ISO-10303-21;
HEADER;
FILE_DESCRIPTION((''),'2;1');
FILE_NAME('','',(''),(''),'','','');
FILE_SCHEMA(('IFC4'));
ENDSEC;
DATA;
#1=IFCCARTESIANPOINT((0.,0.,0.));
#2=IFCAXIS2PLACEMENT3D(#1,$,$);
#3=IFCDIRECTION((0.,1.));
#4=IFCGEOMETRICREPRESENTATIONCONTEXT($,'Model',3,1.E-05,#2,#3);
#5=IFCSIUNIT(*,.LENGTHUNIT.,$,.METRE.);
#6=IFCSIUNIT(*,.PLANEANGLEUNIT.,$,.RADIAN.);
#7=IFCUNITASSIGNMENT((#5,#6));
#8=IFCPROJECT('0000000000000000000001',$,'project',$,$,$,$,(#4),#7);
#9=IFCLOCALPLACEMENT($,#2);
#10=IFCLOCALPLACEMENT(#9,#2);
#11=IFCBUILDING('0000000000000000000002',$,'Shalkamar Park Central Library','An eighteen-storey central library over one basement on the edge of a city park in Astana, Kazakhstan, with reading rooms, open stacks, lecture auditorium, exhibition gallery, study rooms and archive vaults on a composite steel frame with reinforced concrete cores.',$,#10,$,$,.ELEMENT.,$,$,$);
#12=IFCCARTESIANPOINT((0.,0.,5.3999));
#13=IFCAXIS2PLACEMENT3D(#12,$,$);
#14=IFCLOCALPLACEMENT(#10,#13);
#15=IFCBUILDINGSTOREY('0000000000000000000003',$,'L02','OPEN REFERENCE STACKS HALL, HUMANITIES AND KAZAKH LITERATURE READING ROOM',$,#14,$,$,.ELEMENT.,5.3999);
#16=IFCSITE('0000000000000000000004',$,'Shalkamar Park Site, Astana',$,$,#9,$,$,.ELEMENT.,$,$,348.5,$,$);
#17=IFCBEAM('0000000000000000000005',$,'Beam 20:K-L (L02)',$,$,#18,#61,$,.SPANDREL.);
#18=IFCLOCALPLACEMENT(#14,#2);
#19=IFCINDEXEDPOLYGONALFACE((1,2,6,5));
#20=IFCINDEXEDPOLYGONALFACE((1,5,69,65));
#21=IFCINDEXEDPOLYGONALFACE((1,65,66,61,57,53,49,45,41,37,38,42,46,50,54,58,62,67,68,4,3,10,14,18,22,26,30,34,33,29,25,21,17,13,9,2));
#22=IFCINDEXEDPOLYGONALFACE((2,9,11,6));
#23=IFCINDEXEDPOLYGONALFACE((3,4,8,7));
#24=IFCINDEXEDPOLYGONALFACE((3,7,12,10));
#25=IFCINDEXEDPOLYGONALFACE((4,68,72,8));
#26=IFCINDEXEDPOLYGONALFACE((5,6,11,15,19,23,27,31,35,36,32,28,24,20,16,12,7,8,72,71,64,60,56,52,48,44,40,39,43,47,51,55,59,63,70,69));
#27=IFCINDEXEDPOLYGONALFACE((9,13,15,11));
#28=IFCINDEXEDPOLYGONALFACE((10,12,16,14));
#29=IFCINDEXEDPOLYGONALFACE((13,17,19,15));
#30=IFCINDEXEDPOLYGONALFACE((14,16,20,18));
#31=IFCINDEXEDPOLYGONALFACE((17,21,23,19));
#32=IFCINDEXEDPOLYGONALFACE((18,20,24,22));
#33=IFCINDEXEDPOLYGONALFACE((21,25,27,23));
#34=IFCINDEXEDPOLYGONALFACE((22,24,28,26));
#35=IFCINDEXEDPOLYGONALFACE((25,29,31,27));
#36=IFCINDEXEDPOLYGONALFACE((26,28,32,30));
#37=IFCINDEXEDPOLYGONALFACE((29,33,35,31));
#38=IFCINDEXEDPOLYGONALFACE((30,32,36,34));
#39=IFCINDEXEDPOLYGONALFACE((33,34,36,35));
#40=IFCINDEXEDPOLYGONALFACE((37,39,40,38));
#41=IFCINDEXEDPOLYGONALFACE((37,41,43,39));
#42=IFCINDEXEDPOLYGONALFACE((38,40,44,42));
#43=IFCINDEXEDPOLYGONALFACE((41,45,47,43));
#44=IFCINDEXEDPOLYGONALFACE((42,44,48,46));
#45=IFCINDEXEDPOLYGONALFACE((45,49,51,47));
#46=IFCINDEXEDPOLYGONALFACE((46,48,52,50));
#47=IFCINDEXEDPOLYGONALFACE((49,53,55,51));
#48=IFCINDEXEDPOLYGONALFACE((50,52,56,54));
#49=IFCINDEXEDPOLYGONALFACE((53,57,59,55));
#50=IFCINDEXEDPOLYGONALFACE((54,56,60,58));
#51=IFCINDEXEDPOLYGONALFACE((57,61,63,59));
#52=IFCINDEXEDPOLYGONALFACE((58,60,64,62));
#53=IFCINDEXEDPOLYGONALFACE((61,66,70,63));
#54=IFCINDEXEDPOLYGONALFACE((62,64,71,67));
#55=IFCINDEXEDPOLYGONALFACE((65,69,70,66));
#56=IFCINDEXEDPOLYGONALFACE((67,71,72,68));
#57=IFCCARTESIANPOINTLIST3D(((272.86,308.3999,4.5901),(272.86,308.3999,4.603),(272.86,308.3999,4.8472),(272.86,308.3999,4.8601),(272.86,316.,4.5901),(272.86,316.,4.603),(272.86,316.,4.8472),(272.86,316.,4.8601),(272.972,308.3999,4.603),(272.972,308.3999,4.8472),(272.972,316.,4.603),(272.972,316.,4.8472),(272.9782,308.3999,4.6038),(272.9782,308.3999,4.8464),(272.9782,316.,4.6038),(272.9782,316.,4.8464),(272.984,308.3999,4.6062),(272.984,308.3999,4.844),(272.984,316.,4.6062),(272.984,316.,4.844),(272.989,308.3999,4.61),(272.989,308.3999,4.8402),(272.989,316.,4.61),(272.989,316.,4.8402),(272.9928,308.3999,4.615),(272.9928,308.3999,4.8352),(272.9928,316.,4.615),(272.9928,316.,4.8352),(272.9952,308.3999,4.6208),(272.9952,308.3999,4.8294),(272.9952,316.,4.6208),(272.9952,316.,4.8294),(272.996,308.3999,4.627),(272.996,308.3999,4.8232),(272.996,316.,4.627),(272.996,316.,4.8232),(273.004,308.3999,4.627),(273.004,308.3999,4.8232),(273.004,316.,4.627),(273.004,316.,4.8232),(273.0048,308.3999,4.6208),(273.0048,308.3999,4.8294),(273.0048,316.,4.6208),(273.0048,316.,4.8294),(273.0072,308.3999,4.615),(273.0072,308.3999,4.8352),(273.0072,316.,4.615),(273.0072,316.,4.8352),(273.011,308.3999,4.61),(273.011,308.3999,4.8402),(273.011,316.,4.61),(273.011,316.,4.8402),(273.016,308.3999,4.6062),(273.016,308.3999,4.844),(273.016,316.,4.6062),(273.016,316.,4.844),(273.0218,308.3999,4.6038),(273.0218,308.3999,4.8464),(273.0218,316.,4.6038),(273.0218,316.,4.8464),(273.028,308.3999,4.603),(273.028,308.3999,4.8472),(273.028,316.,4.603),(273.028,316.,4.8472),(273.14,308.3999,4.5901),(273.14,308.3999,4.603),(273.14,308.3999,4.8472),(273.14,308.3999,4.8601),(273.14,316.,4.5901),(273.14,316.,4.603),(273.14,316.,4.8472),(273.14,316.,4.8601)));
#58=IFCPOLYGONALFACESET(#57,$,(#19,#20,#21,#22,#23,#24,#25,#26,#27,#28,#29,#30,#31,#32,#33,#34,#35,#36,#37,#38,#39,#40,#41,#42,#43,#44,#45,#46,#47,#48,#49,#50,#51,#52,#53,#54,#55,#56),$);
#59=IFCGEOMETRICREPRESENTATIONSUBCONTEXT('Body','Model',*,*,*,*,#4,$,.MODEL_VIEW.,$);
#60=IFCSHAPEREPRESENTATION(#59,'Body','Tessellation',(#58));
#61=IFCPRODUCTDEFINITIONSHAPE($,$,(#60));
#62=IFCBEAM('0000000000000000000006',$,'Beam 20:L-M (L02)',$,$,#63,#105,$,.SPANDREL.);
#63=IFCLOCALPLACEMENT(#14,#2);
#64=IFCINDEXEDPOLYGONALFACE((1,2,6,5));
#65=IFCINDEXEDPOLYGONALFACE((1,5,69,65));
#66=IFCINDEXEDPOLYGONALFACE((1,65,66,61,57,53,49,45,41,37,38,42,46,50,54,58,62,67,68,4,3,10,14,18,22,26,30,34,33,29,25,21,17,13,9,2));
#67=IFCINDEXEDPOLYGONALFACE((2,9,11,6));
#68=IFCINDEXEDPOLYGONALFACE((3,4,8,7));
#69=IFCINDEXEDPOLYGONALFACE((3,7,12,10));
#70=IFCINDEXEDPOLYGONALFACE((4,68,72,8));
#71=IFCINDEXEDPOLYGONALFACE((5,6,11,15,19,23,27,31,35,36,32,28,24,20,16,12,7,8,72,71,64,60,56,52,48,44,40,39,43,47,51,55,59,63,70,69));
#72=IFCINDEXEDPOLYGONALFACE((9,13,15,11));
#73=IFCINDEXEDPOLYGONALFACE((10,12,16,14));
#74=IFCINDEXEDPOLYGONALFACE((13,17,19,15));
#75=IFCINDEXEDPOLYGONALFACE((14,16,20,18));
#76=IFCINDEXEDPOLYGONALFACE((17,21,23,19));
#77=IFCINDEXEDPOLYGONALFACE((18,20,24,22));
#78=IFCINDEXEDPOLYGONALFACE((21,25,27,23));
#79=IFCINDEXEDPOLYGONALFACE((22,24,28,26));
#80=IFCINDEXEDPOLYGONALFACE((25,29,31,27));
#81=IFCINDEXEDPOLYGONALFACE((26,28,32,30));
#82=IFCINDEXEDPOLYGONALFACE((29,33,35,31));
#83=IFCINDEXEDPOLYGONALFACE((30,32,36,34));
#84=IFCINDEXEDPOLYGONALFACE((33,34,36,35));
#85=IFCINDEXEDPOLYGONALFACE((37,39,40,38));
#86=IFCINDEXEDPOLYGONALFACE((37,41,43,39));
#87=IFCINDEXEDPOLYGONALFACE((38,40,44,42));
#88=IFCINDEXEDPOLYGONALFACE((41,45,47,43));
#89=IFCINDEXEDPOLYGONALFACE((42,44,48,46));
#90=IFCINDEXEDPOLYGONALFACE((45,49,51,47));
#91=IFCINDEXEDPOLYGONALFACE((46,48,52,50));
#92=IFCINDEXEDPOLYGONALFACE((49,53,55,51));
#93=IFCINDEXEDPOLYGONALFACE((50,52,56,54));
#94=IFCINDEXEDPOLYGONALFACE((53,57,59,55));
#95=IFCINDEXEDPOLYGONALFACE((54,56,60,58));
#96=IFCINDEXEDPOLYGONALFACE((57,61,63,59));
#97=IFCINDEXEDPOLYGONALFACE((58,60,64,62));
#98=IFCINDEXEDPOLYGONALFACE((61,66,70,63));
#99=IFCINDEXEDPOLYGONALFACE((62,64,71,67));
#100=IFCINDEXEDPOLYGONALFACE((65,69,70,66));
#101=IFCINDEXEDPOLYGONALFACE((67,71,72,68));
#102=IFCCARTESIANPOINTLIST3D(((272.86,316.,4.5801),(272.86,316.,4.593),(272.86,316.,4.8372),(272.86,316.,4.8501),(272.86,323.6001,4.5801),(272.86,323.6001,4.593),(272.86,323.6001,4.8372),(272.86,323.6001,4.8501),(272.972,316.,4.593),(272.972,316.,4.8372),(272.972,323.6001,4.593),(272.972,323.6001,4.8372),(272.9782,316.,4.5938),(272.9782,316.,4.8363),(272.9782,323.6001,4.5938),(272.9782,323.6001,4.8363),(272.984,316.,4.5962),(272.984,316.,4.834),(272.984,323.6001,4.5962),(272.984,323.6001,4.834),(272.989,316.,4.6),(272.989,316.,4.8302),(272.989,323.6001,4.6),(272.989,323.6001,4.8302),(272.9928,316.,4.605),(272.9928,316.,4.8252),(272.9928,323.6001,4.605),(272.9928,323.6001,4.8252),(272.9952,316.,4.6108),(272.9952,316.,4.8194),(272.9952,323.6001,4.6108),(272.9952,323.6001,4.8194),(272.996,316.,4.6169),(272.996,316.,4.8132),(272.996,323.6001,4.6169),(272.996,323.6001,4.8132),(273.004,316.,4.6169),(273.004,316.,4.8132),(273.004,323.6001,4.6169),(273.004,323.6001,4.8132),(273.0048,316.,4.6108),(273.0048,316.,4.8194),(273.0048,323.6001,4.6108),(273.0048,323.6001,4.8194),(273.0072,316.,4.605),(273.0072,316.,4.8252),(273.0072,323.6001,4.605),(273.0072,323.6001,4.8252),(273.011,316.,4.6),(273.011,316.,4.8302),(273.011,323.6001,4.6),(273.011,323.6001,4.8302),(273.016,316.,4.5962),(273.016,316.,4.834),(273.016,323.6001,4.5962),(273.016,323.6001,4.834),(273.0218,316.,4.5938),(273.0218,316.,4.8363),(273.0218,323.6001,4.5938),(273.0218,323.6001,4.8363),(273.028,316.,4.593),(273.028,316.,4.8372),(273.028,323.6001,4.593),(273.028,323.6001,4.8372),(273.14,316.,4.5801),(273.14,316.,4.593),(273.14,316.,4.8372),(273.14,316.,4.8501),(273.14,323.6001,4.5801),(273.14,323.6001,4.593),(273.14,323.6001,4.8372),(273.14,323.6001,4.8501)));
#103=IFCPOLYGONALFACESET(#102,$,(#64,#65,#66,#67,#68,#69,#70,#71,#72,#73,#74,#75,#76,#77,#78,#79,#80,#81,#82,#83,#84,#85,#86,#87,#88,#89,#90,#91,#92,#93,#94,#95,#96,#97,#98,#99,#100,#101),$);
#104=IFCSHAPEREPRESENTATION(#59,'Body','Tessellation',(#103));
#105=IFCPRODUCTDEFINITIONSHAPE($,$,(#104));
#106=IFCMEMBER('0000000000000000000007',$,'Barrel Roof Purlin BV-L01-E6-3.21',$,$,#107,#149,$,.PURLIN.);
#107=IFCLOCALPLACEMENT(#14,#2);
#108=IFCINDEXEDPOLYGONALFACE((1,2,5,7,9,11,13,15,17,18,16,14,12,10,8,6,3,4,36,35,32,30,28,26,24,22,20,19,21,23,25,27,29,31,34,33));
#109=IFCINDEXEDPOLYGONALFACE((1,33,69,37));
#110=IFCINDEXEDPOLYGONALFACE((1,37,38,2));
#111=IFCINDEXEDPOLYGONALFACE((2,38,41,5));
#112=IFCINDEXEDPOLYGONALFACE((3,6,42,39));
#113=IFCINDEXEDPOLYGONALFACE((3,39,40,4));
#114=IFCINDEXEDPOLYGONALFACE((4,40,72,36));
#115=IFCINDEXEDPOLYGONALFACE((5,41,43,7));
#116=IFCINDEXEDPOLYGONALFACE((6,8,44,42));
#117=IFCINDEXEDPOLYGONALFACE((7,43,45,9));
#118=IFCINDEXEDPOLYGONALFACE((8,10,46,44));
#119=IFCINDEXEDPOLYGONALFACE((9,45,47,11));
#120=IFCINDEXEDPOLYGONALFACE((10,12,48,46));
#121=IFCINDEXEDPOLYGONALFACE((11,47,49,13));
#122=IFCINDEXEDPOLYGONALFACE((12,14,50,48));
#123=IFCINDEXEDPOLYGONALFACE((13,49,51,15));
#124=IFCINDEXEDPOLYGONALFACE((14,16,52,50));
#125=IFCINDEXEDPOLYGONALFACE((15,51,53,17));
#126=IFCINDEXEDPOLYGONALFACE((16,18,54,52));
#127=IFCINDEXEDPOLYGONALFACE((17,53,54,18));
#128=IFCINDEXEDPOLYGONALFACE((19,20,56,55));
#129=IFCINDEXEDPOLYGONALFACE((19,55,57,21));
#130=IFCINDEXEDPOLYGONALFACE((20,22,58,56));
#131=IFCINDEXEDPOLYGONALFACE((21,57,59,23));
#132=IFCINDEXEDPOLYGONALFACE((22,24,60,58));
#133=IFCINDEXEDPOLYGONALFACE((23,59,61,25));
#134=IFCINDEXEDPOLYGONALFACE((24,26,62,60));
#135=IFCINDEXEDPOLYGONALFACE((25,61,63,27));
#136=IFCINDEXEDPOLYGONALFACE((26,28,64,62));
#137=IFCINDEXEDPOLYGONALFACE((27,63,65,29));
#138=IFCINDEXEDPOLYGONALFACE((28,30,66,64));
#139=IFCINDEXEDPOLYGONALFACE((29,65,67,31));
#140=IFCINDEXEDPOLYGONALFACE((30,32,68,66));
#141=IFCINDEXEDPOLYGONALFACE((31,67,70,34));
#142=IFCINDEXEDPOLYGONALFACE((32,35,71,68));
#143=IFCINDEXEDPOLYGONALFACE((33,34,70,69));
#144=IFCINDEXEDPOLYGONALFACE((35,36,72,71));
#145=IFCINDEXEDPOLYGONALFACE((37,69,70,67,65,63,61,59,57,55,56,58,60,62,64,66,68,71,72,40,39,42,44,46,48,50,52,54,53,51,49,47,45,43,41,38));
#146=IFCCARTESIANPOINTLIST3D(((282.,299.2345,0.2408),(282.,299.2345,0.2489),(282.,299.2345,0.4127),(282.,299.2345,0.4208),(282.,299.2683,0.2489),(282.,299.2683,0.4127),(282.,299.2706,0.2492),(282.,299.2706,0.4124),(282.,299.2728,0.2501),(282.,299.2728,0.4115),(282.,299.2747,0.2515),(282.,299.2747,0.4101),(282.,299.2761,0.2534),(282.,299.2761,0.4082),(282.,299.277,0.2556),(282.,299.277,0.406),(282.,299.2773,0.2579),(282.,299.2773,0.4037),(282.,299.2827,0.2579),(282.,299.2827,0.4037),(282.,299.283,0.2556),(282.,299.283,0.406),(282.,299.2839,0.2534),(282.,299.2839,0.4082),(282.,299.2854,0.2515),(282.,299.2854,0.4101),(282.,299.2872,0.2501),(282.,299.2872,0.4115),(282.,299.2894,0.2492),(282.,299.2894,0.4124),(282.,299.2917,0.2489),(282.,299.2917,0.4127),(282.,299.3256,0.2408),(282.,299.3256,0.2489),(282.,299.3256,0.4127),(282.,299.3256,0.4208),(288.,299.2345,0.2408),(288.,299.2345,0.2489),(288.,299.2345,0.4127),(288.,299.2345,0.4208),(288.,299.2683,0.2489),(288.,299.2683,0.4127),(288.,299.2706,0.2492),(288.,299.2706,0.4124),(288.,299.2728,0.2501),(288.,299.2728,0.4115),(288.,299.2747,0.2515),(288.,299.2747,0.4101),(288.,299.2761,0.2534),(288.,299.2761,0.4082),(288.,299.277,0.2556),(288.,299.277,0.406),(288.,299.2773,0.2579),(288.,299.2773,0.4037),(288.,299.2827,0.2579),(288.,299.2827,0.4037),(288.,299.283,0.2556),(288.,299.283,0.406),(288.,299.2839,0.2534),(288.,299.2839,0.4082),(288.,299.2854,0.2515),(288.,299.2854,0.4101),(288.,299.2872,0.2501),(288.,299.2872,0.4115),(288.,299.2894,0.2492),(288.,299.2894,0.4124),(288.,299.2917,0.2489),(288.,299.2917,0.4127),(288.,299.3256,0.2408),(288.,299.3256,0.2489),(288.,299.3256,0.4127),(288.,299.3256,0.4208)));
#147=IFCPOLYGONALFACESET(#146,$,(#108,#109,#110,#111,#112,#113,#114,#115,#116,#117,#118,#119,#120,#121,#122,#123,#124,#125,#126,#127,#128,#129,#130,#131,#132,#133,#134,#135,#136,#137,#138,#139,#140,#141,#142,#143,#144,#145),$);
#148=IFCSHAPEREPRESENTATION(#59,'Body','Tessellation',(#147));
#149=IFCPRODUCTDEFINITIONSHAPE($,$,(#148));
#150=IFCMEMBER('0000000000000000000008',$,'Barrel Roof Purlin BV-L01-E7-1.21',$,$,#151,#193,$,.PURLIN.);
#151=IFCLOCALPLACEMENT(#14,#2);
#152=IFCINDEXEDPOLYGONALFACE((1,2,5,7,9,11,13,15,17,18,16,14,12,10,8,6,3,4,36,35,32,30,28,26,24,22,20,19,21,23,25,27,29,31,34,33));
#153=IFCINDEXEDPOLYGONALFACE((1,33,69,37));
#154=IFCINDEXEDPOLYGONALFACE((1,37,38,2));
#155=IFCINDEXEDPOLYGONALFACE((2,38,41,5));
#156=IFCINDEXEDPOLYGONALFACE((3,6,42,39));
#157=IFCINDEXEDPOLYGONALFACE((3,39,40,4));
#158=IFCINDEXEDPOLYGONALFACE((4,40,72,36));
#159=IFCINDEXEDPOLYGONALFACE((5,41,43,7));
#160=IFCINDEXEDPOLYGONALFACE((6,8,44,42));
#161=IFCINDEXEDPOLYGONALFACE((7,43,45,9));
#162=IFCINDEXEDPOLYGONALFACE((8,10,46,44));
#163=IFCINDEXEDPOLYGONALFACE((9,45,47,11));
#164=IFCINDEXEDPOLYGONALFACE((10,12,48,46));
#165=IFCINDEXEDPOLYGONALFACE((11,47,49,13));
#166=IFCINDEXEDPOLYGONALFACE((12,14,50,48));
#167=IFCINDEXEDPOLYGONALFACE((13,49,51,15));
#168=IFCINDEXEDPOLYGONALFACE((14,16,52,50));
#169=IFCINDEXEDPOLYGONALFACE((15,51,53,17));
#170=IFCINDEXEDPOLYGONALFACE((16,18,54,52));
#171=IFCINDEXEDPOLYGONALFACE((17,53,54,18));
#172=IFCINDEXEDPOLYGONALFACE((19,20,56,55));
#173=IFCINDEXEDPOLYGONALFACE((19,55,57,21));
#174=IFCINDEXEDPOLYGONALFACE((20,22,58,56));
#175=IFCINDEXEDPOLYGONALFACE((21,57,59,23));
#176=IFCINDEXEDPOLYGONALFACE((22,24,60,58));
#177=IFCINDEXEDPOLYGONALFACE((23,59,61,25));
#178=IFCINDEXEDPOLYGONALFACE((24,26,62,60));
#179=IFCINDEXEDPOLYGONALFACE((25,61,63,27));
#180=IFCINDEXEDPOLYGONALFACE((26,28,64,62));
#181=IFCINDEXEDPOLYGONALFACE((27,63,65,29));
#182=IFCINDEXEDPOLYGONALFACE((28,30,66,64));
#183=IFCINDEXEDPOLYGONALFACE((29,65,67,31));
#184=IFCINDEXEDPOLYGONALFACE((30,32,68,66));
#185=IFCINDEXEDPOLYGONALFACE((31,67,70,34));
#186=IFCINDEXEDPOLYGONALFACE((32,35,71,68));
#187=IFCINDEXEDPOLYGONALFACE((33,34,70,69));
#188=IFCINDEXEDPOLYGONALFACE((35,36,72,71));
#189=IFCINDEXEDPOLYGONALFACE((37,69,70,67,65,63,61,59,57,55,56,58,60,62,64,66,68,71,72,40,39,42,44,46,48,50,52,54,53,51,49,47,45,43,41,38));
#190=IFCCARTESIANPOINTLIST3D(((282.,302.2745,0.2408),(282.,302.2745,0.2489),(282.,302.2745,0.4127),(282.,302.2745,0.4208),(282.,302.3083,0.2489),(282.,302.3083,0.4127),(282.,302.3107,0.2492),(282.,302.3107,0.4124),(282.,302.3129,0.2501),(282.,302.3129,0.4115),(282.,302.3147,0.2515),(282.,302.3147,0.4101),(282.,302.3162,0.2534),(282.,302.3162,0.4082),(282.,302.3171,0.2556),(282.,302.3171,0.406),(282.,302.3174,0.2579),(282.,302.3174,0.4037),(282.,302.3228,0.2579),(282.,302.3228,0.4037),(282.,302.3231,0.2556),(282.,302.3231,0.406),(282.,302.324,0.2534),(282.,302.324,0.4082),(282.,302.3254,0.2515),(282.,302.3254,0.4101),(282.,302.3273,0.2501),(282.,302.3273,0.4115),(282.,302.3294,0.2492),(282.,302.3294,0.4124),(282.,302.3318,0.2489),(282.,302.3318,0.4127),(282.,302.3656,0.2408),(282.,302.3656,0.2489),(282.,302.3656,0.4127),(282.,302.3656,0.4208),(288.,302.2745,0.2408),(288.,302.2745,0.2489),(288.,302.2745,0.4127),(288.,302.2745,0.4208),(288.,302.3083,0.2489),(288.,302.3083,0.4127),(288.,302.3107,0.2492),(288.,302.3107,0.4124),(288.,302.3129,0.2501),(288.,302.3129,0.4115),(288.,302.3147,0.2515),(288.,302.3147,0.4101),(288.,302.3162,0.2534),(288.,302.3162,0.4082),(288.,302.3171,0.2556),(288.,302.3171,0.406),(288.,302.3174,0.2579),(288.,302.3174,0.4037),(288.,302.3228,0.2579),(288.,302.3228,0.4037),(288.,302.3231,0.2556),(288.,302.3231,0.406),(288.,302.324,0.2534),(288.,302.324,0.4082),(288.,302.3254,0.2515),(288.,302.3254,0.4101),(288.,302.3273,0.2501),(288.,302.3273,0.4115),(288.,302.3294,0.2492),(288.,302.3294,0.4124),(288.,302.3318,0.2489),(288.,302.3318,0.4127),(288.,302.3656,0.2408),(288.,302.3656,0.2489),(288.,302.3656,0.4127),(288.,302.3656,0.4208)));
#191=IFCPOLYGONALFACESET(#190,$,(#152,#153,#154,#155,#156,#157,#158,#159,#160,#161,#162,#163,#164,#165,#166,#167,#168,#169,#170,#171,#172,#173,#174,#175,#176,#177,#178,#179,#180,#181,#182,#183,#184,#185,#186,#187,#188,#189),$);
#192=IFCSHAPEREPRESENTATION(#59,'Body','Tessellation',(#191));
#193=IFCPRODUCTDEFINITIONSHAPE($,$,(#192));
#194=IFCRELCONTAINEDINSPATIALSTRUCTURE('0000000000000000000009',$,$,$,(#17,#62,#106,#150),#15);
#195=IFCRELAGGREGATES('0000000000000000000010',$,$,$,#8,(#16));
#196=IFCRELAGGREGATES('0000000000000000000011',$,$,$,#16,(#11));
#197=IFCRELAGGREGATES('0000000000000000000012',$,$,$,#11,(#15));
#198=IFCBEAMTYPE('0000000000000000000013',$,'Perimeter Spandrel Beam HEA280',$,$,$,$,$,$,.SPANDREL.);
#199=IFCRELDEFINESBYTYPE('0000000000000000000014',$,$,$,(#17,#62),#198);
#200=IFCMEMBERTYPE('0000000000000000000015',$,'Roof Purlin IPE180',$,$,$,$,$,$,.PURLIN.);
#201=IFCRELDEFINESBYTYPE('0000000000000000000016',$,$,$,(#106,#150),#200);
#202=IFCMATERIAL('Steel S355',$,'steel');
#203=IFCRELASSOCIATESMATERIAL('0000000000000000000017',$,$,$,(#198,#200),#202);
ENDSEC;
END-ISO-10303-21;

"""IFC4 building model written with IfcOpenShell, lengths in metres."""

from ifc_helpers import new_model, si_unit, direction, frame, origin, origin_2d, place, context, subcontext, project, spatial, i_section, extrude, material, material_profile, profile_set, type_object, element, save


model = new_model("IFC4")

# Units and contexts
model_context = context("Model", 3, precision=1e-05, world=origin(), true_north=direction((0.0, 1.0)))
body_context = subcontext(model_context, "Body", "Model", "MODEL_VIEW")
ifc_project = project(units=[si_unit("LENGTHUNIT", "METRE"), si_unit("PLANEANGLEUNIT", "RADIAN")], contexts=[model_context])

# Site, building, storey
site_placement = place(None, origin())
site = spatial("IfcSite", under=ifc_project, at=site_placement, Name="Shalkamar Park Site, Astana", CompositionType="ELEMENT", RefElevation=348.5)
building_placement = place(site_placement, origin())
building = spatial("IfcBuilding", under=site, at=building_placement, Name="Shalkamar Park Central Library", Description="An eighteen-storey central library over one basement on the edge of a city park in Astana, Kazakhstan, with reading rooms, open stacks, lecture auditorium, exhibition gallery, study rooms and archive vaults on a composite steel frame with reinforced concrete cores.", CompositionType="ELEMENT")
storey_placement = place(building_placement, frame((0.0, 0.0, 5.3999)))
storey = spatial("IfcBuildingStorey", under=building, at=storey_placement, Name="L02", Description="OPEN REFERENCE STACKS HALL, HUMANITIES AND KAZAKH LITERATURE READING ROOM", CompositionType="ELEMENT", Elevation=5.3999)

# Shared definitions
ifc_material_1 = material(Name="Steel S355", Category="steel")

# Beams
ifc_material_profile_1 = material_profile(ifc_material_1, i_section(OverallWidth=0.28, OverallDepth=0.27, WebThickness=0.0081, FlangeThickness=0.0129, FilletRadius=0.0239, at=origin_2d()), Name="HEA 280")
ifc_profile_set_1 = profile_set([ifc_material_profile_1], Name="Steel S355")
beam_type = type_object("IfcBeamType", Name="Perimeter Spandrel Beam HEA280", PredefinedType="SPANDREL", material=ifc_profile_set_1)
for number, where, z_axis, x_axis, name in (
    (1, (273.0, 308.3999, 4.7251), (0.0, 1.0, 0.0), (-1.0, 0.0, 0.0), "Beam 20:K-L (L02)"),
    (2, (273.0, 316.0, 4.7151), (0.0, 1.0, 0.0), (-1.0, 0.0, 0.0), "Beam 20:L-M (L02)"),
):
    element("IfcBeam", number, at=place(storey_placement, frame(where, z_axis=z_axis, x_axis=x_axis)), inside=storey, type_object=beam_type, Name=name, PredefinedType="SPANDREL", context=body_context, shape_type="SweptSolid", body=[
        extrude(i_section(OverallWidth=0.28, OverallDepth=0.27, WebThickness=0.0081, FlangeThickness=0.0129, FilletRadius=0.0239, at=origin_2d()), origin(), (0.0, 0.0, 1.0), 7.6001),
    ])

# Members
ifc_material_profile_2 = material_profile(ifc_material_1, i_section(OverallWidth=0.0911, OverallDepth=0.1799, WebThickness=0.0054, FlangeThickness=0.0081, FilletRadius=0.009, at=origin_2d()), Name="IPE 180")
ifc_profile_set_2 = profile_set([ifc_material_profile_2], Name="Steel S355")
member_type_1 = type_object("IfcMemberType", Name="Roof Purlin IPE180", PredefinedType="PURLIN", material=ifc_profile_set_2)
for number, where, z_axis, x_axis, name in (
    (3, (282.0, 299.28, 0.3308), (1.0, 0.0, 0.0), (0.0, 1.0, 0.0), "Barrel Roof Purlin BV-L01-E6-3.21"),
    (4, (282.0, 302.3201, 0.3308), (1.0, 0.0, 0.0), (0.0, 1.0, 0.0), "Barrel Roof Purlin BV-L01-E7-1.21"),
):
    element("IfcMember", number, at=place(storey_placement, frame(where, z_axis=z_axis, x_axis=x_axis)), inside=storey, type_object=member_type_1, Name=name, PredefinedType="PURLIN", context=body_context, shape_type="SweptSolid", body=[
        extrude(i_section(OverallWidth=0.0911, OverallDepth=0.1799, WebThickness=0.0054, FlangeThickness=0.0081, FilletRadius=0.009, at=origin_2d()), origin(), (0.0, 0.0, 1.0), 6.0),
    ])

save(model, "model.ifc")
